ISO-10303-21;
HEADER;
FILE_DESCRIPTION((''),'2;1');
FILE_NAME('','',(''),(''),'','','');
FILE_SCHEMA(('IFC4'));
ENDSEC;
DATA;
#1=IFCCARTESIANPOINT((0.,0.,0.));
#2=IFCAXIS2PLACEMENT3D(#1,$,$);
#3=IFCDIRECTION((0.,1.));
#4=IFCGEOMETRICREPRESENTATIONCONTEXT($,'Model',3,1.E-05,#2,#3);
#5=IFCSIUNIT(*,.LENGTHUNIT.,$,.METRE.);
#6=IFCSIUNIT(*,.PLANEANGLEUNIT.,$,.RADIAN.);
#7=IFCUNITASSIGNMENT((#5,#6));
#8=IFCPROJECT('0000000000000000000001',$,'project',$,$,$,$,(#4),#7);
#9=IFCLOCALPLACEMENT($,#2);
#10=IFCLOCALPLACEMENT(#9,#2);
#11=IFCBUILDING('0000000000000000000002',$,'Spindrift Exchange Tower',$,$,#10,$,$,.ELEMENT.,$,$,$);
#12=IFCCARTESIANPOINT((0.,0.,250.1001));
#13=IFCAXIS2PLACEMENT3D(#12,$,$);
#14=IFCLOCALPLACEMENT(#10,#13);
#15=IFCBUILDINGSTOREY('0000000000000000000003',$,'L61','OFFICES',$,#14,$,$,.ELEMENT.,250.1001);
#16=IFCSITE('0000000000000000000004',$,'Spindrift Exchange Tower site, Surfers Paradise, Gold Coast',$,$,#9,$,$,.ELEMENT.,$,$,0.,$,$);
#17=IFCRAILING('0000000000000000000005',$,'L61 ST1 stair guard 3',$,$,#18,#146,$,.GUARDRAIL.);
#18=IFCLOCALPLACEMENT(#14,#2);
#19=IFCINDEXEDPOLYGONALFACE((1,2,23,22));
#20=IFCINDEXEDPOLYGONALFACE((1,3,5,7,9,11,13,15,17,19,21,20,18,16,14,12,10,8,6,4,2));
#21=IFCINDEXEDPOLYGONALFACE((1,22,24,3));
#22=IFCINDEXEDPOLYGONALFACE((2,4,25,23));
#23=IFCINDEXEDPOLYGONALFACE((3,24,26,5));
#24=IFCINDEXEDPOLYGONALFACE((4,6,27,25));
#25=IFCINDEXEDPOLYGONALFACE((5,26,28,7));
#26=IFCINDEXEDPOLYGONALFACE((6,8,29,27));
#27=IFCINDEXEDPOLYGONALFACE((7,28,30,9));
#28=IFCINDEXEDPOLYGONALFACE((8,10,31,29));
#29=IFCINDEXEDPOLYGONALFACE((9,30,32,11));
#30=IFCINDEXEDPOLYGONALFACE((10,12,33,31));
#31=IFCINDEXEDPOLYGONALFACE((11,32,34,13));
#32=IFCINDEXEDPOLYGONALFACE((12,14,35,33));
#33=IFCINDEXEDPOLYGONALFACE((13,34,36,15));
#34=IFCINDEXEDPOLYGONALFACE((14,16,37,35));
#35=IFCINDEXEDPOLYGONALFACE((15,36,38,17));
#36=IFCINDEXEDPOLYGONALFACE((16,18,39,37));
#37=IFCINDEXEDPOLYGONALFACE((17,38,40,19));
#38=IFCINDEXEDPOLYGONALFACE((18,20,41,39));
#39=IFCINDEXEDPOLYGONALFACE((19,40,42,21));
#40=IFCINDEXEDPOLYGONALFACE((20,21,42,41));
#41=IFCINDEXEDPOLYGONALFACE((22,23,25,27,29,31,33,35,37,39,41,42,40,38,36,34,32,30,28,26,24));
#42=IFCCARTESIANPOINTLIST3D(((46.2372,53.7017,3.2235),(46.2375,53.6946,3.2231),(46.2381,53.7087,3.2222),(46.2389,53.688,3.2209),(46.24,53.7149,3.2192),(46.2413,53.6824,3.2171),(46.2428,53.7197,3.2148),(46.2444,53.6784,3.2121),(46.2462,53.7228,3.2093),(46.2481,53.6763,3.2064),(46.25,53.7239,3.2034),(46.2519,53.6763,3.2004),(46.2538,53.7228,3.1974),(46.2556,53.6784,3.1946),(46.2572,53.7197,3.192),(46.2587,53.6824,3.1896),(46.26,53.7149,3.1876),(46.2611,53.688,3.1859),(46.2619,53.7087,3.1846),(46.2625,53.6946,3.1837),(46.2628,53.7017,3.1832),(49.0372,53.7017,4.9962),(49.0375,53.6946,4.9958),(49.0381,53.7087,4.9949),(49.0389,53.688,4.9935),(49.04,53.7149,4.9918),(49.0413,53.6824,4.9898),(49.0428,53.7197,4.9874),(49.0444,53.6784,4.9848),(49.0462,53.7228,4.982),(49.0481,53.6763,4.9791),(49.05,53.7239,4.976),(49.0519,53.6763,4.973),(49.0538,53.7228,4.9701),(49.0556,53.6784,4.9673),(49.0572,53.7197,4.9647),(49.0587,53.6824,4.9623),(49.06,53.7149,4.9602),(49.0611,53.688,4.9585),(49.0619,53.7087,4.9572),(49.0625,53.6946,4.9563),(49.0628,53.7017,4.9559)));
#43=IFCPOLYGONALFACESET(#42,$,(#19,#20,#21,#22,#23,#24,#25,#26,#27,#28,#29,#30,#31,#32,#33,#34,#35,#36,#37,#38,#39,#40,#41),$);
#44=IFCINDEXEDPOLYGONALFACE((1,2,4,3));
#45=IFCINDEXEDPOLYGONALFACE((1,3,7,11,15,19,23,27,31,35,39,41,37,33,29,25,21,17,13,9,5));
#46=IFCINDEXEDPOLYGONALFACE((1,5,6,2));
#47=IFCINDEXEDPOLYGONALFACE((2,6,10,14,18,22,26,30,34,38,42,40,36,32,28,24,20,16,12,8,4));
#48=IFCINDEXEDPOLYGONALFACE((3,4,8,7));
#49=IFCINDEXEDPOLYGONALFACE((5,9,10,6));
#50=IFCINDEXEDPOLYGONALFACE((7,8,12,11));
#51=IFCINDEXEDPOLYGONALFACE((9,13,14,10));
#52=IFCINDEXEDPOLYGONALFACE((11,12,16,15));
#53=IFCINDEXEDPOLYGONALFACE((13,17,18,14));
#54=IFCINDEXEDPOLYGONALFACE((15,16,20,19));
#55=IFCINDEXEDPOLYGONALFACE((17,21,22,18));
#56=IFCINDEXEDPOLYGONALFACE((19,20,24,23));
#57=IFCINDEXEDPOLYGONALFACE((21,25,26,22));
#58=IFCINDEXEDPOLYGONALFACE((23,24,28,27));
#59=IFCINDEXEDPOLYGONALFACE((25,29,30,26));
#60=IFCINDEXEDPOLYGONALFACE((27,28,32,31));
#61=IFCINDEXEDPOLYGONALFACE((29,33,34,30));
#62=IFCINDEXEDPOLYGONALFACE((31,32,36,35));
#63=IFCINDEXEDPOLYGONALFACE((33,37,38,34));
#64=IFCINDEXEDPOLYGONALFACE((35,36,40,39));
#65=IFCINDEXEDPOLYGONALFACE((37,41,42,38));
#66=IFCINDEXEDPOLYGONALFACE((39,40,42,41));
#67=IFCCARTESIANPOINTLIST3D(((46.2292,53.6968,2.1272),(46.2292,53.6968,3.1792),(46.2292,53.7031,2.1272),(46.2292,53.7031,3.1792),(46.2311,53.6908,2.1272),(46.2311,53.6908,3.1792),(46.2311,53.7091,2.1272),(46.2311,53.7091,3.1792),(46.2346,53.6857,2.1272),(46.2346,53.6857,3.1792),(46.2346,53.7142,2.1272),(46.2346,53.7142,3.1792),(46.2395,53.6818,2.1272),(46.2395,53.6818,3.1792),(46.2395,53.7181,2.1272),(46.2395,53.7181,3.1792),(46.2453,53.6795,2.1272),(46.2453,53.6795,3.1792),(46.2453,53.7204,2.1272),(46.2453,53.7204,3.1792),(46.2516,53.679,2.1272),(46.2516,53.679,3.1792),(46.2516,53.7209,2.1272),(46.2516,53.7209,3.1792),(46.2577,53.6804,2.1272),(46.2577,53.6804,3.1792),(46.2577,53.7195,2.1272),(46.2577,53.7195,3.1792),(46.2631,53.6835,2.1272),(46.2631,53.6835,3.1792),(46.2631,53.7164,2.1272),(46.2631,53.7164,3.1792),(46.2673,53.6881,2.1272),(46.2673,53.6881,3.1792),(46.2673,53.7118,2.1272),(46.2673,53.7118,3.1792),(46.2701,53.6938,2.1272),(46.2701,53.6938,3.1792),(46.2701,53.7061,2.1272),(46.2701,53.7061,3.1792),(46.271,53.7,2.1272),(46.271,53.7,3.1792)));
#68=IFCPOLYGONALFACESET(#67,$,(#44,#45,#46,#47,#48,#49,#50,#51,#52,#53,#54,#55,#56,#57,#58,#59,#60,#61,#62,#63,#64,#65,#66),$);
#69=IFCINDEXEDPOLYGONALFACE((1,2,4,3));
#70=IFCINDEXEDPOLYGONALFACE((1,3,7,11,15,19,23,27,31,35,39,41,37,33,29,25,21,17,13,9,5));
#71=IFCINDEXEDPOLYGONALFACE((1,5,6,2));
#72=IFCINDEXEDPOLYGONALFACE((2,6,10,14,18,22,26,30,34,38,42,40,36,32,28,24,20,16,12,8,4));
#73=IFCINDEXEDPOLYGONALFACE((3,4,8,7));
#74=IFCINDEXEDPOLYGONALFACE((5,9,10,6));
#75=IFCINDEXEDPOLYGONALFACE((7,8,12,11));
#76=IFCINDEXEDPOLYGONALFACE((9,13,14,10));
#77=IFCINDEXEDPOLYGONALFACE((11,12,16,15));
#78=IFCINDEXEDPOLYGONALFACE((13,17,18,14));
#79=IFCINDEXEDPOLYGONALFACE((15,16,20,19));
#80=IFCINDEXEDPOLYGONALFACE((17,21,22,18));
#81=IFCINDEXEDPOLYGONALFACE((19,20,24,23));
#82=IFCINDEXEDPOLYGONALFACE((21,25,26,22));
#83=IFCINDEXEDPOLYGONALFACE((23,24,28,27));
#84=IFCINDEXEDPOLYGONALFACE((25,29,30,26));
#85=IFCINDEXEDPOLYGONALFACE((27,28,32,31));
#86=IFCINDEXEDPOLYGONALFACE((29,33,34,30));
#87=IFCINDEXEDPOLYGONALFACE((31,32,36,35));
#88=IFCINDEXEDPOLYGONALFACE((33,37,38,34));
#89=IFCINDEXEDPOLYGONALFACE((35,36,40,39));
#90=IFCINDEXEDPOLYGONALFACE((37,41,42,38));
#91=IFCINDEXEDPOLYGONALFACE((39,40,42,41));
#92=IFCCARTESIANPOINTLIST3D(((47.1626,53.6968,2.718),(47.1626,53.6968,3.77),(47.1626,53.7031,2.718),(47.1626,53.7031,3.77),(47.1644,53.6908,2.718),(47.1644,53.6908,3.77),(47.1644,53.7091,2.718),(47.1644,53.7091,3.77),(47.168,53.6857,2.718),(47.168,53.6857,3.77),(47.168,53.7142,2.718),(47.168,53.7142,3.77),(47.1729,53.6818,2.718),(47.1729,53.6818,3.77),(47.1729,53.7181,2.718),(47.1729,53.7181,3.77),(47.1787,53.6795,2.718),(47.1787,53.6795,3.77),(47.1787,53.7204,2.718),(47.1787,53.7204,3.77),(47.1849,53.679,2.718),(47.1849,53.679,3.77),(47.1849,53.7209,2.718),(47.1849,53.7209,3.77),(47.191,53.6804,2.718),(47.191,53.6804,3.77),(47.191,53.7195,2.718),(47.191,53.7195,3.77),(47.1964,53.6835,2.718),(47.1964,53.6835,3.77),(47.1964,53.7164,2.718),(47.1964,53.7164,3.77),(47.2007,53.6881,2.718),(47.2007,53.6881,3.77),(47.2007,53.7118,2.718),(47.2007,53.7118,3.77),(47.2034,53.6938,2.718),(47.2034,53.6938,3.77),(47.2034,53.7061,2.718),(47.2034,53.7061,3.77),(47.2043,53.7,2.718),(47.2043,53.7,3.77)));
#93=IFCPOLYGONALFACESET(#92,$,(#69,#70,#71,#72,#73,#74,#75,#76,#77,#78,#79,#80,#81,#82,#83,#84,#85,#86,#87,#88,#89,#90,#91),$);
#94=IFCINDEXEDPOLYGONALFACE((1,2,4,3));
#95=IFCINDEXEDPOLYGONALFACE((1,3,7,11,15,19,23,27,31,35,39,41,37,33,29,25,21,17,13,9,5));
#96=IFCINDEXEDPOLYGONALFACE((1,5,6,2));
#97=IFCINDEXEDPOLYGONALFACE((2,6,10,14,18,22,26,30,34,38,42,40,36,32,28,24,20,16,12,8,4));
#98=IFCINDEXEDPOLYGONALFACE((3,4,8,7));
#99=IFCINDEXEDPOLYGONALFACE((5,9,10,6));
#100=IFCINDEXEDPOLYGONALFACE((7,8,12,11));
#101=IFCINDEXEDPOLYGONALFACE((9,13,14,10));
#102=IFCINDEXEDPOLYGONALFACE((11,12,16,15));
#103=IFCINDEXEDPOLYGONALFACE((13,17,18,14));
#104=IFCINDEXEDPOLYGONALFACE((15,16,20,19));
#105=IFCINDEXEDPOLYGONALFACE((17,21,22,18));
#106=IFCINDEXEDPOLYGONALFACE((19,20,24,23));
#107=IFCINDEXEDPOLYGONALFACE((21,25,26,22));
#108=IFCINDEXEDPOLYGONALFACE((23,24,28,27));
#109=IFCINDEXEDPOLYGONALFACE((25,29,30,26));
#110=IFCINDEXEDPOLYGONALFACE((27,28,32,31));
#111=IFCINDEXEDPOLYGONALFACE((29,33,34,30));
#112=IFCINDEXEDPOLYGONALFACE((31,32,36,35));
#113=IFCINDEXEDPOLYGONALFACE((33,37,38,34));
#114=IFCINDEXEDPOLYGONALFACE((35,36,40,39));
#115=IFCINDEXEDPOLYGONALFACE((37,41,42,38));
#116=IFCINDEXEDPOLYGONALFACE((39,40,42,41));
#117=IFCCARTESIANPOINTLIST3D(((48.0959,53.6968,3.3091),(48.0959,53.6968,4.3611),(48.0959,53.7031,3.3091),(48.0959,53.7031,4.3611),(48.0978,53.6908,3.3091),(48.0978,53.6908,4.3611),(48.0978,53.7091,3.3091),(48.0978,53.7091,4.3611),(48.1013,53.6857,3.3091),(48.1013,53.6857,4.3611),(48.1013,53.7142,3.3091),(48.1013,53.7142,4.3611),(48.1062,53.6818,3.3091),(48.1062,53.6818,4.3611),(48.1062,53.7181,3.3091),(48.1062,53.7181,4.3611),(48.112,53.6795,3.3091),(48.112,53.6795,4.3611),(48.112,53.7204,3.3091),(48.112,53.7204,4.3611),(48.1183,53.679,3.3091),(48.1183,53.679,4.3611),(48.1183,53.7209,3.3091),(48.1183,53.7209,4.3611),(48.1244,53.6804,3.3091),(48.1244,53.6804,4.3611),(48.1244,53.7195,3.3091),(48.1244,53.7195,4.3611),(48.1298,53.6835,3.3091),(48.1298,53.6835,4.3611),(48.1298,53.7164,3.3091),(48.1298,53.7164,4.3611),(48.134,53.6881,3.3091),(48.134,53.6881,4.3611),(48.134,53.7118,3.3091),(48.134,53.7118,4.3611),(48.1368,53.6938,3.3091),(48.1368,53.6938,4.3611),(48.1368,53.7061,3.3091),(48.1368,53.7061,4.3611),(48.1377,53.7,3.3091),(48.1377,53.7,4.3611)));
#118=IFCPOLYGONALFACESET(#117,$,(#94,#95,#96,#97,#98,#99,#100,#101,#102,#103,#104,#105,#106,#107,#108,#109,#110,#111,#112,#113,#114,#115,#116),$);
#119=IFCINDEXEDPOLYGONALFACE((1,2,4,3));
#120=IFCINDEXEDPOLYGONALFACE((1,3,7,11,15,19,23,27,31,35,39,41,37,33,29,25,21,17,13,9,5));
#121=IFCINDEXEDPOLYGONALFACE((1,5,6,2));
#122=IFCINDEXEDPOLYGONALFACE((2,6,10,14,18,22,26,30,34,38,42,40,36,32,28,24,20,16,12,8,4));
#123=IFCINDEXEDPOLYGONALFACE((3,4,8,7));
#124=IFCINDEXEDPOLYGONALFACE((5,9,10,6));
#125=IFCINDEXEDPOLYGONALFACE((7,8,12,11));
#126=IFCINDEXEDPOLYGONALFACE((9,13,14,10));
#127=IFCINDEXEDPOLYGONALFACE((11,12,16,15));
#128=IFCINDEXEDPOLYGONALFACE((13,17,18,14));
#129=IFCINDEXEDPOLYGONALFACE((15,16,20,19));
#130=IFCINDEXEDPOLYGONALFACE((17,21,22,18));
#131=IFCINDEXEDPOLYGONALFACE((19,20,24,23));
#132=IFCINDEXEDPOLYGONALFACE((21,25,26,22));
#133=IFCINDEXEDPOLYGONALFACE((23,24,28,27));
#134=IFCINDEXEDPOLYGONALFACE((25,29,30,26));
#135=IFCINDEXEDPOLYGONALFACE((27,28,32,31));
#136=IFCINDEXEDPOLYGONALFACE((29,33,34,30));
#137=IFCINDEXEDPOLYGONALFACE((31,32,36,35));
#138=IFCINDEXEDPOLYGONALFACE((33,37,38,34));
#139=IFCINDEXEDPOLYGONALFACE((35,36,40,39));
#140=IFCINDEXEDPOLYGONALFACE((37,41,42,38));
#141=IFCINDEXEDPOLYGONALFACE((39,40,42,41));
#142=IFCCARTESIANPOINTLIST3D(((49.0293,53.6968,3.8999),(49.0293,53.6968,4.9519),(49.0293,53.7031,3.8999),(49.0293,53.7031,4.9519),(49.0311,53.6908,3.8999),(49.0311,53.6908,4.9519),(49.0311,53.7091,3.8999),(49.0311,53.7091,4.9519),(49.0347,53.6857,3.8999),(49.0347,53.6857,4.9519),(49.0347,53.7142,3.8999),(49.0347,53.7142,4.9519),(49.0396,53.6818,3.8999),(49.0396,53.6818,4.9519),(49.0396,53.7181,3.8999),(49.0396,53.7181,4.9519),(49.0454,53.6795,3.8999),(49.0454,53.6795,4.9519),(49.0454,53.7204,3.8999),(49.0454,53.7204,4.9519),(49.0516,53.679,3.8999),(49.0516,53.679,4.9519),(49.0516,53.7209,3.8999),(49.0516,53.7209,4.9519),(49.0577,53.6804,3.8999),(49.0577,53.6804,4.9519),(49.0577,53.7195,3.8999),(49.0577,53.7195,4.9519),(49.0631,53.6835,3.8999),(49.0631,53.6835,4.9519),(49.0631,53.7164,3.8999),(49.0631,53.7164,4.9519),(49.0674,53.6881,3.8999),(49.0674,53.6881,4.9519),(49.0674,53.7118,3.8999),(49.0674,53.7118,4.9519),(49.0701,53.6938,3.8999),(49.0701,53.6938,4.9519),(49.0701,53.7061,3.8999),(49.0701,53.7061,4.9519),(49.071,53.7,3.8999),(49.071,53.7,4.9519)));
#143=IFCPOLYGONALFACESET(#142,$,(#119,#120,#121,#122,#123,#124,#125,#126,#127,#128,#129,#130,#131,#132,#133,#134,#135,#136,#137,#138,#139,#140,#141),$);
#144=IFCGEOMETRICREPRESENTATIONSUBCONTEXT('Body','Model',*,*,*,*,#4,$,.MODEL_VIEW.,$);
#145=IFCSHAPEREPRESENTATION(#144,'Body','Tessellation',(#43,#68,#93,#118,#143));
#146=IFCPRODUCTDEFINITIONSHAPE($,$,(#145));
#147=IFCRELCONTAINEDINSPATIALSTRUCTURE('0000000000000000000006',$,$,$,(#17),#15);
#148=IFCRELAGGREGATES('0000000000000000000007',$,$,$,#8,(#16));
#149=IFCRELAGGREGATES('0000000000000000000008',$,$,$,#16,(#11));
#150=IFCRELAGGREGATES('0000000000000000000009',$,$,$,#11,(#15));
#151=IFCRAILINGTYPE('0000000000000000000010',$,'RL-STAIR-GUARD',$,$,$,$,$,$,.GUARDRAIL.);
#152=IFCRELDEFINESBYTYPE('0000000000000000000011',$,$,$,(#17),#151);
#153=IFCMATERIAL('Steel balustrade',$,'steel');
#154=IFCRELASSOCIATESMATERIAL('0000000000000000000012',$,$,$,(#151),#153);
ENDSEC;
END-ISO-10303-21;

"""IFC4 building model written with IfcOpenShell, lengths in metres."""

from ifc_helpers import new_model, si_unit, direction, frame, origin, origin_2d, place, context, subcontext, project, spatial, circle, extrude, material, type_object, element, save


model = new_model("IFC4")

# Units and contexts
model_context = context("Model", 3, precision=1e-05, world=origin(), true_north=direction((0.0, 1.0)))
body_context = subcontext(model_context, "Body", "Model", "MODEL_VIEW")
ifc_project = project(units=[si_unit("LENGTHUNIT", "METRE"), si_unit("PLANEANGLEUNIT", "RADIAN")], contexts=[model_context])

# Site, building, storey
site_placement = place(None, origin())
site = spatial("IfcSite", under=ifc_project, at=site_placement, Name="Spindrift Exchange Tower site, Surfers Paradise, Gold Coast", CompositionType="ELEMENT", RefElevation=0.0)
building_placement = place(site_placement, origin())
building = spatial("IfcBuilding", under=site, at=building_placement, Name="Spindrift Exchange Tower", CompositionType="ELEMENT")
storey_placement = place(building_placement, frame((0.0, 0.0, 250.1001)))
storey = spatial("IfcBuildingStorey", under=building, at=storey_placement, Name="L61", Description="OFFICES", CompositionType="ELEMENT", Elevation=250.1001)

# Railing
ifc_material_1 = material(Name="Steel balustrade", Category="steel")
railing_type_1 = type_object("IfcRailingType", Name="RL-STAIR-GUARD", PredefinedType="GUARDRAIL", material=ifc_material_1)
railing_1_placement = place(storey_placement, frame((46.25, 53.7, 2.1272)))
element("IfcRailing", 1, at=railing_1_placement, inside=storey, type_object=railing_type_1, Name="L61 ST1 stair guard 3", PredefinedType="GUARDRAIL", context=body_context, shape_type="SweptSolid", body=[
    extrude(circle(Radius=0.0239, at=origin_2d()), frame((0.0, 0.0, 1.0762), z_axis=(0.844909, 0.0, 0.53491), x_axis=(0.0, 1.0, 0.0)), (0.0, 0.0, 1.0), 3.314),
    extrude(circle(Radius=0.021, at=origin_2d()), origin(), (0.0, 0.0, 1.0), 1.052),
    extrude(circle(Radius=0.021, at=origin_2d()), frame((0.9333, 0.0, 0.5908)), (0.0, 0.0, 1.0), 1.052),
    extrude(circle(Radius=0.021, at=origin_2d()), frame((1.8667, 0.0, 1.1819)), (0.0, 0.0, 1.0), 1.052),
    extrude(circle(Radius=0.021, at=origin_2d()), frame((2.8, 0.0, 1.7727)), (0.0, 0.0, 1.0), 1.052),
])

save(model, "model.ifc")
